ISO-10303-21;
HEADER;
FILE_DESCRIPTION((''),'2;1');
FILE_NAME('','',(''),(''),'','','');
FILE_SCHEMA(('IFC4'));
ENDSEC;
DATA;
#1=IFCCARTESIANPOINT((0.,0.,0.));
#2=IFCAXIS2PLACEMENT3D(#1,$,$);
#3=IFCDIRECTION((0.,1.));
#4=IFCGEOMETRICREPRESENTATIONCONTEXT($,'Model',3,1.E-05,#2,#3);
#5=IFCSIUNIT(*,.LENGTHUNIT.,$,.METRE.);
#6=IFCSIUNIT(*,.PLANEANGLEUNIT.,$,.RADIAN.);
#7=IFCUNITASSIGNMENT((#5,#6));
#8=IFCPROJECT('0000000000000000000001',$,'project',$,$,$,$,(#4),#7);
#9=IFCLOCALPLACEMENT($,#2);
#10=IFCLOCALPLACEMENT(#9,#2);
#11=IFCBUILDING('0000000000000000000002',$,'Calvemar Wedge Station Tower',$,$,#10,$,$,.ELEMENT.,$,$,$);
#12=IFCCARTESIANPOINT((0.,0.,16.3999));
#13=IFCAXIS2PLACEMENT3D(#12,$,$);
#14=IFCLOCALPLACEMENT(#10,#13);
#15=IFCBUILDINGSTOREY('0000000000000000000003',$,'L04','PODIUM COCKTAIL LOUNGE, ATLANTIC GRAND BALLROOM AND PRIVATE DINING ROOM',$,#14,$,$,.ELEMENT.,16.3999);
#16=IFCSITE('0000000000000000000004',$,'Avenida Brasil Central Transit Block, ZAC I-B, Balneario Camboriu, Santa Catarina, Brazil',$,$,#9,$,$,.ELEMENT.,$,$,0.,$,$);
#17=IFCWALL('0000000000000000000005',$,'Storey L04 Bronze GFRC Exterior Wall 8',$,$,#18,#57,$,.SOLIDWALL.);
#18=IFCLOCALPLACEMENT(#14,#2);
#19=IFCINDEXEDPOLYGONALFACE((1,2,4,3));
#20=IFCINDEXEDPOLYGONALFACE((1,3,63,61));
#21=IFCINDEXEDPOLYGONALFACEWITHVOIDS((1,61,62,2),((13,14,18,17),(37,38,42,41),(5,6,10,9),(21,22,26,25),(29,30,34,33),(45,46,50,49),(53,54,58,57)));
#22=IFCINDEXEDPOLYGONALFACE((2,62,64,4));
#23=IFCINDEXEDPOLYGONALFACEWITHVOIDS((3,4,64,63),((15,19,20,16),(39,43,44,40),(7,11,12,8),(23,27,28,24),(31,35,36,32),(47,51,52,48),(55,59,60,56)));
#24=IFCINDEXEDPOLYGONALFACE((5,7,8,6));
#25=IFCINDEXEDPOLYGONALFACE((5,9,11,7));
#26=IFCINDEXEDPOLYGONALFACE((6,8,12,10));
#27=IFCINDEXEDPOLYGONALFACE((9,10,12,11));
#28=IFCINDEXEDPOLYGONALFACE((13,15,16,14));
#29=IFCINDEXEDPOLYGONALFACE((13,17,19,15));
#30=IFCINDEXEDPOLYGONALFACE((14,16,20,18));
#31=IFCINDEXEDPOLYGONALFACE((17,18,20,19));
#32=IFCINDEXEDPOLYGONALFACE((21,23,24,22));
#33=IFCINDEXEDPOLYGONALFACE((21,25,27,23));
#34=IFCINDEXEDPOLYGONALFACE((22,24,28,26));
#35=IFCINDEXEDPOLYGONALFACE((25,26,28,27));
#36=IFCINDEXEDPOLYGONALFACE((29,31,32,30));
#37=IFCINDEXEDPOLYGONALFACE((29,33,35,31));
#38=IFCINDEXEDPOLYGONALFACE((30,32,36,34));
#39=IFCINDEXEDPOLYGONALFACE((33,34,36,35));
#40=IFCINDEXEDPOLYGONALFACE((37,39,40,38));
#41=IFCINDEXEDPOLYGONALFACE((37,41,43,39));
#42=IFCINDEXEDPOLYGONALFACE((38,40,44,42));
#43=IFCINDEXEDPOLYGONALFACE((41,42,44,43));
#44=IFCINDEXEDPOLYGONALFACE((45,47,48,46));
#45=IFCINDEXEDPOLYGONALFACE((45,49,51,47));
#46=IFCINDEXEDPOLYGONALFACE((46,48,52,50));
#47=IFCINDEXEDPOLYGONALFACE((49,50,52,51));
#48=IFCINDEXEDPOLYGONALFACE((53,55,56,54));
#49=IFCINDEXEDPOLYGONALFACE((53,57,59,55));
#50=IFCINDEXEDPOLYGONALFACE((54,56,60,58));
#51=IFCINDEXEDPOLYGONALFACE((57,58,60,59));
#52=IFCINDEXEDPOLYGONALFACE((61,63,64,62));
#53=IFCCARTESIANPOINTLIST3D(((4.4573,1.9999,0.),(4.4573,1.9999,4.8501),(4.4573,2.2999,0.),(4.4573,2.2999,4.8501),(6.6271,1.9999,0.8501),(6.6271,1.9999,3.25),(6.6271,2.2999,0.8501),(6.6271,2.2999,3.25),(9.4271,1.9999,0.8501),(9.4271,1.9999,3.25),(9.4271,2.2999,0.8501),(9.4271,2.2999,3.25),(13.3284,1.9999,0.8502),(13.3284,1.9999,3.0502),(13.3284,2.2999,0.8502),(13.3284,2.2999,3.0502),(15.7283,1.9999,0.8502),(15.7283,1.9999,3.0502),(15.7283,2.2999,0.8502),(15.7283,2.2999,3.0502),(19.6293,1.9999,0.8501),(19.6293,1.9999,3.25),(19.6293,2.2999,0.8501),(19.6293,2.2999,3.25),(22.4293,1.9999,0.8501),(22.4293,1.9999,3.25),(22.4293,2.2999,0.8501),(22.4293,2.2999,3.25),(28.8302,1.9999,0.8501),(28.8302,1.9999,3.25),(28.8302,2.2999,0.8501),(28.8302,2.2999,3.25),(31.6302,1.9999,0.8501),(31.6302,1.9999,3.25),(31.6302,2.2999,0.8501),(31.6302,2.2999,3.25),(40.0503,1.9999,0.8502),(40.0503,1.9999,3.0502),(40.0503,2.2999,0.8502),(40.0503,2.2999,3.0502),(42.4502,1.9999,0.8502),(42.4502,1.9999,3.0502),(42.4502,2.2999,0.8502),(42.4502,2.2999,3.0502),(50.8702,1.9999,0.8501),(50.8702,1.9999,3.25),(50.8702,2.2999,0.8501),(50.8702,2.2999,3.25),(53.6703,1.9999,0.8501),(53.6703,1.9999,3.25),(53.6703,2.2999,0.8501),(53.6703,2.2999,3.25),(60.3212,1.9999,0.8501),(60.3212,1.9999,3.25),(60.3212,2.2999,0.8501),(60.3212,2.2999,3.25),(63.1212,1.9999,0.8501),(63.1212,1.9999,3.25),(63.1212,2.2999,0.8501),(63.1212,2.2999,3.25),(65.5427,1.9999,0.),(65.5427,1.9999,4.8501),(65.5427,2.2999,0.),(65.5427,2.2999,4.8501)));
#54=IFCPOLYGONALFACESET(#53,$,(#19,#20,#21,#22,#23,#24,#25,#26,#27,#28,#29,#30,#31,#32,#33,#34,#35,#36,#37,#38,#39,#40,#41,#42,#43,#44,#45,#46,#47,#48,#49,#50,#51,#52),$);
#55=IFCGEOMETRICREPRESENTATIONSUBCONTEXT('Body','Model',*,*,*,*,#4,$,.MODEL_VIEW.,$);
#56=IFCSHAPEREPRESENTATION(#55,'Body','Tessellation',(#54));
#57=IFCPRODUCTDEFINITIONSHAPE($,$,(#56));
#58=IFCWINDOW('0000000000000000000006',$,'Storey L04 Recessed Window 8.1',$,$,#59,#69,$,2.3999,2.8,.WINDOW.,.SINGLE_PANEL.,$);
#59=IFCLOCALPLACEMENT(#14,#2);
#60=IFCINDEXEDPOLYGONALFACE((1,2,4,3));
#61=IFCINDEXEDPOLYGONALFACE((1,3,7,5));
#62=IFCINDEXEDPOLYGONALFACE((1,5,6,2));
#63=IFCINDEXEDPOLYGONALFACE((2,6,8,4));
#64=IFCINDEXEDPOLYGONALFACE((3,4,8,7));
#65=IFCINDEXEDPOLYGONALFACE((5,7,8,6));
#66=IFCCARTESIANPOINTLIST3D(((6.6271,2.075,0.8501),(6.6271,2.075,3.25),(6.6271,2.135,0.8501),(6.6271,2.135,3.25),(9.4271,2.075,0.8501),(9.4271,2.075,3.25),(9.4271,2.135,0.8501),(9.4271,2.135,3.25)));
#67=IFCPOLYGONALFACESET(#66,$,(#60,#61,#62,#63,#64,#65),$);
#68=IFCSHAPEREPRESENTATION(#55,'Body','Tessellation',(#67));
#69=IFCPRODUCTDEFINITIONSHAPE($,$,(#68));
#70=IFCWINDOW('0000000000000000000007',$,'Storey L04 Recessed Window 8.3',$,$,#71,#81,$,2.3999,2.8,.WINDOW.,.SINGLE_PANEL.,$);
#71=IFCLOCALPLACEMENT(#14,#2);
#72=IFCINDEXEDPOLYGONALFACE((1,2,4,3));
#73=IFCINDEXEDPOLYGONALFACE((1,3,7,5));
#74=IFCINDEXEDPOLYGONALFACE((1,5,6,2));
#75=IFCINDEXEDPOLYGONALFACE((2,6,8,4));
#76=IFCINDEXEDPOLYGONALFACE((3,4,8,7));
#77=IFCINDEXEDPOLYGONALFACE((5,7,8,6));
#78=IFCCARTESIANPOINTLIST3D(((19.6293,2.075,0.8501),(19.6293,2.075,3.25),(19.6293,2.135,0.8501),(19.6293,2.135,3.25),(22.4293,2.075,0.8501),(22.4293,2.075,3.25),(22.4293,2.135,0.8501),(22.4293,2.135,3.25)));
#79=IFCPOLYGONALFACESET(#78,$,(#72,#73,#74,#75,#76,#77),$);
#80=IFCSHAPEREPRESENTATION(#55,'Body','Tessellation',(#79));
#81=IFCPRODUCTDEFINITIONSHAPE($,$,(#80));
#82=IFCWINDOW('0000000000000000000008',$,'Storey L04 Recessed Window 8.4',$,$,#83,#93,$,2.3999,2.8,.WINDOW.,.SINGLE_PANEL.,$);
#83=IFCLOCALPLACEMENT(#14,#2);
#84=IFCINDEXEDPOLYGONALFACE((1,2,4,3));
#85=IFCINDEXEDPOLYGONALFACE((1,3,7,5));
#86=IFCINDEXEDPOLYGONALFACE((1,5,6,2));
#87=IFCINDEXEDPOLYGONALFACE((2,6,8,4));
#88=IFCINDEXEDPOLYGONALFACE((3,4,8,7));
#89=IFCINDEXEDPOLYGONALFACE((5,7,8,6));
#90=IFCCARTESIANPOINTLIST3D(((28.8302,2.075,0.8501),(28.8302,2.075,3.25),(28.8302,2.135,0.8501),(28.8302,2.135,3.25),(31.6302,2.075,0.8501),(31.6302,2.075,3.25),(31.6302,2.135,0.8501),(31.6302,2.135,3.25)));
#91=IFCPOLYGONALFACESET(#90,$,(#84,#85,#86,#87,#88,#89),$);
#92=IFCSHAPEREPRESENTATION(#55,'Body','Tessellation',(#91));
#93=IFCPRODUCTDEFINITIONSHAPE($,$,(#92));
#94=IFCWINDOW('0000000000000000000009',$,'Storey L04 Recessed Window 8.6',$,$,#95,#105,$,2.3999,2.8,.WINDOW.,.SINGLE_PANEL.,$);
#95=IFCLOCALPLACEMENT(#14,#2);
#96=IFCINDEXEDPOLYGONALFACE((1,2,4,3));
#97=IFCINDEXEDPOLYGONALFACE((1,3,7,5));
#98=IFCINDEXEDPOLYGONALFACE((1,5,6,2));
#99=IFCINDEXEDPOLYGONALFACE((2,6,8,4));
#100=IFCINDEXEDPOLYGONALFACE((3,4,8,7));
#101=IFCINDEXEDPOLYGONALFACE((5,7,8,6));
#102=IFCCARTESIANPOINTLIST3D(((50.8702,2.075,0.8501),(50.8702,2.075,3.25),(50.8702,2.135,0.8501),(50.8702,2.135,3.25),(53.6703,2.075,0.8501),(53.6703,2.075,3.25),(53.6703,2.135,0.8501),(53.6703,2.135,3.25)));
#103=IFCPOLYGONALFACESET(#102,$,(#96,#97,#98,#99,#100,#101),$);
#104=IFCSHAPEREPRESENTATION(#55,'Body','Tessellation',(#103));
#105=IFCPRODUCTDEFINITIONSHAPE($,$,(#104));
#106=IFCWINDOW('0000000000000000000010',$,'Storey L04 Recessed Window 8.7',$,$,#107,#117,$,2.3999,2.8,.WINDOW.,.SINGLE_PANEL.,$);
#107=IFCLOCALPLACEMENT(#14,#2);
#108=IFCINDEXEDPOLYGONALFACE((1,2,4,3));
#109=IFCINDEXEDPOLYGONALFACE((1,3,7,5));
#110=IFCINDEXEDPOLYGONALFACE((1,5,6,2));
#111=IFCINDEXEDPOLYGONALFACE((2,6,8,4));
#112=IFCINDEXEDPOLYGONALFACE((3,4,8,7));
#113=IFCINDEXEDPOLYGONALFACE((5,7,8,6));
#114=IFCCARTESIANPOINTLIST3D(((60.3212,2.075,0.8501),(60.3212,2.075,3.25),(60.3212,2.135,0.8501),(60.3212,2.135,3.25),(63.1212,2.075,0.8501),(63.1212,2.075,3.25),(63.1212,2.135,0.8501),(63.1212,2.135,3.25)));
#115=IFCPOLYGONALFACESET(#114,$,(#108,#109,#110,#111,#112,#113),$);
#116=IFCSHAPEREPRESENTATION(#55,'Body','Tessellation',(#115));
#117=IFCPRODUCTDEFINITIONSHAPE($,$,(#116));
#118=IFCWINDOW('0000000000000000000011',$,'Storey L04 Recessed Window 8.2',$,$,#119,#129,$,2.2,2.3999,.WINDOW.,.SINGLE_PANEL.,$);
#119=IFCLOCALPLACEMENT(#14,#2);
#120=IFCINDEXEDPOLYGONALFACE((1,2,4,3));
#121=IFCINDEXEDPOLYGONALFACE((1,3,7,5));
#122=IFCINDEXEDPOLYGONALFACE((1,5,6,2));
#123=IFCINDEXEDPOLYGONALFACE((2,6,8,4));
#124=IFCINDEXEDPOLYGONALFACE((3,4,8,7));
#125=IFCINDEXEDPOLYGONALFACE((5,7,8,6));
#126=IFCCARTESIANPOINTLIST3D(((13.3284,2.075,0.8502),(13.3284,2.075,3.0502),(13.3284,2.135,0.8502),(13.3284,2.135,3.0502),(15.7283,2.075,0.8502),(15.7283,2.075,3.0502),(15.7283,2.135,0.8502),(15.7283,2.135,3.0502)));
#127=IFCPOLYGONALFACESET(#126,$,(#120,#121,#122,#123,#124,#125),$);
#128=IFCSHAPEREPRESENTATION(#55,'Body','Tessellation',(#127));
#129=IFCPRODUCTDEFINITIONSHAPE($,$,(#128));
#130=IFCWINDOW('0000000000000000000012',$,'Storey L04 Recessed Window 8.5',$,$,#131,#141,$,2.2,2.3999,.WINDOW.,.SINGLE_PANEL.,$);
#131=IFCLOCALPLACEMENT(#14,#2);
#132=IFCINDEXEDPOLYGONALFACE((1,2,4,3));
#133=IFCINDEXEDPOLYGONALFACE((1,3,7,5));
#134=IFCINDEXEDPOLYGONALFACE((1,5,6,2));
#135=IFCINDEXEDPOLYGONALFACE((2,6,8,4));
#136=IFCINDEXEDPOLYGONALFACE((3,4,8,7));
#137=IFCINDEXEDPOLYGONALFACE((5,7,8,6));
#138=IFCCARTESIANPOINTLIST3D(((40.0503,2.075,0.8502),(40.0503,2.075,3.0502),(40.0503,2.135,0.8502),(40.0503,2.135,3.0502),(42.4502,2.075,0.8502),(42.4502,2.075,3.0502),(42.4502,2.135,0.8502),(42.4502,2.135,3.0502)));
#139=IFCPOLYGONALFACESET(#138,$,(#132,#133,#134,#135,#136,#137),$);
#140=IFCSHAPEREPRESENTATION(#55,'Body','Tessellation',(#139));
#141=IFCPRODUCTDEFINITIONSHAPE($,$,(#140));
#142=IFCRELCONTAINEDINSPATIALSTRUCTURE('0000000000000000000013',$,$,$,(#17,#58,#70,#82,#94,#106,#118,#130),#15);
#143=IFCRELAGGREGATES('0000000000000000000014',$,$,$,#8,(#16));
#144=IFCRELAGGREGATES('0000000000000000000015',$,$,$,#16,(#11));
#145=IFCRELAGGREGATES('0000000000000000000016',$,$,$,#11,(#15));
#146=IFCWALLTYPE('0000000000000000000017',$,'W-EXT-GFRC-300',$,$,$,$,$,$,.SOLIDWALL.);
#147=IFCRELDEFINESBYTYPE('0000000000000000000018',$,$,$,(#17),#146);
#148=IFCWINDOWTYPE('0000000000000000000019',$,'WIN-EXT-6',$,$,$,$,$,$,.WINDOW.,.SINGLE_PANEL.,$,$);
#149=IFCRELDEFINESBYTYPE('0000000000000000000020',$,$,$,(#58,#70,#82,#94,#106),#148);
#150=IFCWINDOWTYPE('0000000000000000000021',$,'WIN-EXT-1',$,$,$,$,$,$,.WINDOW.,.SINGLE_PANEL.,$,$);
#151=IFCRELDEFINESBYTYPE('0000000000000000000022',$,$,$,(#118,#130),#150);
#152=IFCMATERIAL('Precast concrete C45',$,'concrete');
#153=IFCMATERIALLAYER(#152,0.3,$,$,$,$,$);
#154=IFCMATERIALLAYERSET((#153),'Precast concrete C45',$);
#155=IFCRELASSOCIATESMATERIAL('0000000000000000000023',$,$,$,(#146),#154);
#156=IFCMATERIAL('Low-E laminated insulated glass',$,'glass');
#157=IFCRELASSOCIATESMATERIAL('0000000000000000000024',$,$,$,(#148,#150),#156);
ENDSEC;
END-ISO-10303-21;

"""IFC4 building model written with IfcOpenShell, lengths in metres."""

from ifc_helpers import new_model, si_unit, direction, frame, frame_2d, origin, place, context, subcontext, project, spatial, rectangle, extrude, source, transform, mapped, material, layer, layer_set, type_object, element, fill, save


model = new_model("IFC4")

# Units and contexts
model_context = context("Model", 3, precision=1e-05, world=origin(), true_north=direction((0.0, 1.0)))
body_context = subcontext(model_context, "Body", "Model", "MODEL_VIEW")
ifc_project = project(units=[si_unit("LENGTHUNIT", "METRE"), si_unit("PLANEANGLEUNIT", "RADIAN")], contexts=[model_context])

# Site, building, storey
site_placement = place(None, origin())
site = spatial("IfcSite", under=ifc_project, at=site_placement, Name="Avenida Brasil Central Transit Block, ZAC I-B, Balneario Camboriu, Santa Catarina, Brazil", CompositionType="ELEMENT", RefElevation=0.0)
building_placement = place(site_placement, origin())
building = spatial("IfcBuilding", under=site, at=building_placement, Name="Calvemar Wedge Station Tower", CompositionType="ELEMENT")
storey_placement = place(building_placement, frame((0.0, 0.0, 16.3999)))
storey = spatial("IfcBuildingStorey", under=building, at=storey_placement, Name="L04", Description="PODIUM COCKTAIL LOUNGE, ATLANTIC GRAND BALLROOM AND PRIVATE DINING ROOM", CompositionType="ELEMENT", Elevation=16.3999)

# Shared definitions
ifc_material_1 = material(Name="Low-E laminated insulated glass", Category="glass")

# Shared definitions
ifc_material_2 = material(Name="Precast concrete C45", Category="concrete")
ifc_layer_1 = layer(ifc_material_2, 0.3)
ifc_layer_set_1 = layer_set([ifc_layer_1], Name="Precast concrete C45")
wall_type_1 = type_object("IfcWallType", Name="W-EXT-GFRC-300", PredefinedType="SOLIDWALL", material=ifc_layer_set_1)

# Wall, openings, windows
wall_1_placement = place(storey_placement, frame((4.4573, 2.1499, 0.0), z_axis=(0.0, 0.0, 1.0), x_axis=(1.0, 0.0, 0.0)))
wall_1 = element("IfcWall", 1, at=wall_1_placement, inside=storey, type_object=wall_type_1, Name="Storey L04 Bronze GFRC Exterior Wall 8", PredefinedType="SOLIDWALL", context=body_context, shape_type="SweptSolid", body=[
    extrude(rectangle(XDim=61.0854, YDim=0.3, at=frame_2d((30.5427, 0.0))), origin(), (0.0, 0.0, 1.0), 4.8501),
])
shared_shape_1 = source(origin(), body_context, "Body", "SweptSolid", [
    extrude(rectangle(XDim=2.8, YDim=2.3999, at=frame_2d((1.3999, 1.2))), frame((0.0, 0.1602, 0.0), z_axis=(0.0, -1.0, 0.0), x_axis=(1.0, 0.0, 0.0)), (0.0, 0.0, 1.0), 0.3201),
])
opening_1_placement = place(wall_1_placement, frame((2.1699, 0.0, 0.8501)))
opening_1 = element("IfcOpeningElement", 2, at=opening_1_placement, cuts=wall_1, PredefinedType="OPENING", context=body_context, shape_type="MappedRepresentation", body=[
    mapped(shared_shape_1, transform((0.0, 0.0, 0.0), scale=1.0)),
])
shared_shape_2 = source(origin(), body_context, "Body", "SweptSolid", [
    extrude(rectangle(XDim=2.3999, YDim=2.2, at=frame_2d((1.2, 1.1001))), frame((0.0, 0.1602, 0.0), z_axis=(0.0, -1.0, 0.0), x_axis=(1.0, 0.0, 0.0)), (0.0, 0.0, 1.0), 0.3201),
])
opening_2_placement = place(wall_1_placement, frame((8.8711, 0.0, 0.8501)))
opening_2 = element("IfcOpeningElement", 3, at=opening_2_placement, cuts=wall_1, PredefinedType="OPENING", context=body_context, shape_type="MappedRepresentation", body=[
    mapped(shared_shape_2, transform((0.0, 0.0, 0.0), scale=1.0)),
])
opening_3_placement = place(wall_1_placement, frame((15.1721, 0.0, 0.8501)))
opening_3 = element("IfcOpeningElement", 4, at=opening_3_placement, cuts=wall_1, PredefinedType="OPENING", context=body_context, shape_type="MappedRepresentation", body=[
    mapped(shared_shape_1, transform((0.0, 0.0, 0.0), scale=1.0)),
])
opening_4_placement = place(wall_1_placement, frame((24.373, 0.0, 0.8501)))
opening_4 = element("IfcOpeningElement", 5, at=opening_4_placement, cuts=wall_1, PredefinedType="OPENING", context=body_context, shape_type="MappedRepresentation", body=[
    mapped(shared_shape_1, transform((0.0, 0.0, 0.0), scale=1.0)),
])
opening_5_placement = place(wall_1_placement, frame((35.593, 0.0, 0.8501)))
opening_5 = element("IfcOpeningElement", 6, at=opening_5_placement, cuts=wall_1, PredefinedType="OPENING", context=body_context, shape_type="MappedRepresentation", body=[
    mapped(shared_shape_2, transform((0.0, 0.0, 0.0), scale=1.0)),
])
opening_6_placement = place(wall_1_placement, frame((46.4131, 0.0, 0.8501)))
opening_6 = element("IfcOpeningElement", 7, at=opening_6_placement, cuts=wall_1, PredefinedType="OPENING", context=body_context, shape_type="MappedRepresentation", body=[
    mapped(shared_shape_1, transform((0.0, 0.0, 0.0), scale=1.0)),
])
opening_7_placement = place(wall_1_placement, frame((55.864, 0.0, 0.8501)))
opening_7 = element("IfcOpeningElement", 8, at=opening_7_placement, cuts=wall_1, PredefinedType="OPENING", context=body_context, shape_type="MappedRepresentation", body=[
    mapped(shared_shape_1, transform((0.0, 0.0, 0.0), scale=1.0)),
])
window_type_1 = type_object("IfcWindowType", Name="WIN-EXT-6", PartitioningType="SINGLE_PANEL", PredefinedType="WINDOW", material=ifc_material_1)
shared_shape_3 = source(origin(), body_context, "Body", "SweptSolid", [
    extrude(rectangle(XDim=2.8, YDim=2.3999, at=frame_2d((1.3999, 1.2))), frame((0.0, -0.0149, 0.0), z_axis=(0.0, -1.0, 0.0), x_axis=(1.0, 0.0, 0.0)), (0.0, 0.0, 1.0), 0.0601),
])
window_1_placement = place(opening_1_placement, origin())
window_1 = element("IfcWindow", 9, at=window_1_placement, inside=storey, type_object=window_type_1, Name="Storey L04 Recessed Window 8.1", OverallHeight=2.3999, OverallWidth=2.8, PartitioningType="SINGLE_PANEL", PredefinedType="WINDOW", context=body_context, shape_type="MappedRepresentation", body=[
    mapped(shared_shape_3, transform((0.0, 0.0, 0.0), scale=1.0)),
])
fill(opening_1, window_1)
window_2_placement = place(opening_3_placement, origin())
window_2 = element("IfcWindow", 10, at=window_2_placement, inside=storey, type_object=window_type_1, Name="Storey L04 Recessed Window 8.3", OverallHeight=2.3999, OverallWidth=2.8, PartitioningType="SINGLE_PANEL", PredefinedType="WINDOW", context=body_context, shape_type="MappedRepresentation", body=[
    mapped(shared_shape_3, transform((0.0, 0.0, 0.0), scale=1.0)),
])
fill(opening_3, window_2)
window_3_placement = place(opening_4_placement, origin())
window_3 = element("IfcWindow", 11, at=window_3_placement, inside=storey, type_object=window_type_1, Name="Storey L04 Recessed Window 8.4", OverallHeight=2.3999, OverallWidth=2.8, PartitioningType="SINGLE_PANEL", PredefinedType="WINDOW", context=body_context, shape_type="MappedRepresentation", body=[
    mapped(shared_shape_3, transform((0.0, 0.0, 0.0), scale=1.0)),
])
fill(opening_4, window_3)
window_4_placement = place(opening_6_placement, origin())
window_4 = element("IfcWindow", 12, at=window_4_placement, inside=storey, type_object=window_type_1, Name="Storey L04 Recessed Window 8.6", OverallHeight=2.3999, OverallWidth=2.8, PartitioningType="SINGLE_PANEL", PredefinedType="WINDOW", context=body_context, shape_type="MappedRepresentation", body=[
    mapped(shared_shape_3, transform((0.0, 0.0, 0.0), scale=1.0)),
])
fill(opening_6, window_4)
window_5_placement = place(opening_7_placement, origin())
window_5 = element("IfcWindow", 13, at=window_5_placement, inside=storey, type_object=window_type_1, Name="Storey L04 Recessed Window 8.7", OverallHeight=2.3999, OverallWidth=2.8, PartitioningType="SINGLE_PANEL", PredefinedType="WINDOW", context=body_context, shape_type="MappedRepresentation", body=[
    mapped(shared_shape_3, transform((0.0, 0.0, 0.0), scale=1.0)),
])
fill(opening_7, window_5)
window_type_2 = type_object("IfcWindowType", Name="WIN-EXT-1", PartitioningType="SINGLE_PANEL", PredefinedType="WINDOW", material=ifc_material_1)
shared_shape_4 = source(origin(), body_context, "Body", "SweptSolid", [
    extrude(rectangle(XDim=2.3999, YDim=2.2, at=frame_2d((1.2, 1.1001))), frame((0.0, -0.0149, 0.0), z_axis=(0.0, -1.0, 0.0), x_axis=(1.0, 0.0, 0.0)), (0.0, 0.0, 1.0), 0.0601),
])
window_6_placement = place(opening_2_placement, origin())
window_6 = element("IfcWindow", 14, at=window_6_placement, inside=storey, type_object=window_type_2, Name="Storey L04 Recessed Window 8.2", OverallHeight=2.2, OverallWidth=2.3999, PartitioningType="SINGLE_PANEL", PredefinedType="WINDOW", context=body_context, shape_type="MappedRepresentation", body=[
    mapped(shared_shape_4, transform((0.0, 0.0, 0.0), scale=1.0)),
])
fill(opening_2, window_6)
window_7_placement = place(opening_5_placement, origin())
window_7 = element("IfcWindow", 15, at=window_7_placement, inside=storey, type_object=window_type_2, Name="Storey L04 Recessed Window 8.5", OverallHeight=2.2, OverallWidth=2.3999, PartitioningType="SINGLE_PANEL", PredefinedType="WINDOW", context=body_context, shape_type="MappedRepresentation", body=[
    mapped(shared_shape_4, transform((0.0, 0.0, 0.0), scale=1.0)),
])
fill(opening_5, window_7)

save(model, "model.ifc")
